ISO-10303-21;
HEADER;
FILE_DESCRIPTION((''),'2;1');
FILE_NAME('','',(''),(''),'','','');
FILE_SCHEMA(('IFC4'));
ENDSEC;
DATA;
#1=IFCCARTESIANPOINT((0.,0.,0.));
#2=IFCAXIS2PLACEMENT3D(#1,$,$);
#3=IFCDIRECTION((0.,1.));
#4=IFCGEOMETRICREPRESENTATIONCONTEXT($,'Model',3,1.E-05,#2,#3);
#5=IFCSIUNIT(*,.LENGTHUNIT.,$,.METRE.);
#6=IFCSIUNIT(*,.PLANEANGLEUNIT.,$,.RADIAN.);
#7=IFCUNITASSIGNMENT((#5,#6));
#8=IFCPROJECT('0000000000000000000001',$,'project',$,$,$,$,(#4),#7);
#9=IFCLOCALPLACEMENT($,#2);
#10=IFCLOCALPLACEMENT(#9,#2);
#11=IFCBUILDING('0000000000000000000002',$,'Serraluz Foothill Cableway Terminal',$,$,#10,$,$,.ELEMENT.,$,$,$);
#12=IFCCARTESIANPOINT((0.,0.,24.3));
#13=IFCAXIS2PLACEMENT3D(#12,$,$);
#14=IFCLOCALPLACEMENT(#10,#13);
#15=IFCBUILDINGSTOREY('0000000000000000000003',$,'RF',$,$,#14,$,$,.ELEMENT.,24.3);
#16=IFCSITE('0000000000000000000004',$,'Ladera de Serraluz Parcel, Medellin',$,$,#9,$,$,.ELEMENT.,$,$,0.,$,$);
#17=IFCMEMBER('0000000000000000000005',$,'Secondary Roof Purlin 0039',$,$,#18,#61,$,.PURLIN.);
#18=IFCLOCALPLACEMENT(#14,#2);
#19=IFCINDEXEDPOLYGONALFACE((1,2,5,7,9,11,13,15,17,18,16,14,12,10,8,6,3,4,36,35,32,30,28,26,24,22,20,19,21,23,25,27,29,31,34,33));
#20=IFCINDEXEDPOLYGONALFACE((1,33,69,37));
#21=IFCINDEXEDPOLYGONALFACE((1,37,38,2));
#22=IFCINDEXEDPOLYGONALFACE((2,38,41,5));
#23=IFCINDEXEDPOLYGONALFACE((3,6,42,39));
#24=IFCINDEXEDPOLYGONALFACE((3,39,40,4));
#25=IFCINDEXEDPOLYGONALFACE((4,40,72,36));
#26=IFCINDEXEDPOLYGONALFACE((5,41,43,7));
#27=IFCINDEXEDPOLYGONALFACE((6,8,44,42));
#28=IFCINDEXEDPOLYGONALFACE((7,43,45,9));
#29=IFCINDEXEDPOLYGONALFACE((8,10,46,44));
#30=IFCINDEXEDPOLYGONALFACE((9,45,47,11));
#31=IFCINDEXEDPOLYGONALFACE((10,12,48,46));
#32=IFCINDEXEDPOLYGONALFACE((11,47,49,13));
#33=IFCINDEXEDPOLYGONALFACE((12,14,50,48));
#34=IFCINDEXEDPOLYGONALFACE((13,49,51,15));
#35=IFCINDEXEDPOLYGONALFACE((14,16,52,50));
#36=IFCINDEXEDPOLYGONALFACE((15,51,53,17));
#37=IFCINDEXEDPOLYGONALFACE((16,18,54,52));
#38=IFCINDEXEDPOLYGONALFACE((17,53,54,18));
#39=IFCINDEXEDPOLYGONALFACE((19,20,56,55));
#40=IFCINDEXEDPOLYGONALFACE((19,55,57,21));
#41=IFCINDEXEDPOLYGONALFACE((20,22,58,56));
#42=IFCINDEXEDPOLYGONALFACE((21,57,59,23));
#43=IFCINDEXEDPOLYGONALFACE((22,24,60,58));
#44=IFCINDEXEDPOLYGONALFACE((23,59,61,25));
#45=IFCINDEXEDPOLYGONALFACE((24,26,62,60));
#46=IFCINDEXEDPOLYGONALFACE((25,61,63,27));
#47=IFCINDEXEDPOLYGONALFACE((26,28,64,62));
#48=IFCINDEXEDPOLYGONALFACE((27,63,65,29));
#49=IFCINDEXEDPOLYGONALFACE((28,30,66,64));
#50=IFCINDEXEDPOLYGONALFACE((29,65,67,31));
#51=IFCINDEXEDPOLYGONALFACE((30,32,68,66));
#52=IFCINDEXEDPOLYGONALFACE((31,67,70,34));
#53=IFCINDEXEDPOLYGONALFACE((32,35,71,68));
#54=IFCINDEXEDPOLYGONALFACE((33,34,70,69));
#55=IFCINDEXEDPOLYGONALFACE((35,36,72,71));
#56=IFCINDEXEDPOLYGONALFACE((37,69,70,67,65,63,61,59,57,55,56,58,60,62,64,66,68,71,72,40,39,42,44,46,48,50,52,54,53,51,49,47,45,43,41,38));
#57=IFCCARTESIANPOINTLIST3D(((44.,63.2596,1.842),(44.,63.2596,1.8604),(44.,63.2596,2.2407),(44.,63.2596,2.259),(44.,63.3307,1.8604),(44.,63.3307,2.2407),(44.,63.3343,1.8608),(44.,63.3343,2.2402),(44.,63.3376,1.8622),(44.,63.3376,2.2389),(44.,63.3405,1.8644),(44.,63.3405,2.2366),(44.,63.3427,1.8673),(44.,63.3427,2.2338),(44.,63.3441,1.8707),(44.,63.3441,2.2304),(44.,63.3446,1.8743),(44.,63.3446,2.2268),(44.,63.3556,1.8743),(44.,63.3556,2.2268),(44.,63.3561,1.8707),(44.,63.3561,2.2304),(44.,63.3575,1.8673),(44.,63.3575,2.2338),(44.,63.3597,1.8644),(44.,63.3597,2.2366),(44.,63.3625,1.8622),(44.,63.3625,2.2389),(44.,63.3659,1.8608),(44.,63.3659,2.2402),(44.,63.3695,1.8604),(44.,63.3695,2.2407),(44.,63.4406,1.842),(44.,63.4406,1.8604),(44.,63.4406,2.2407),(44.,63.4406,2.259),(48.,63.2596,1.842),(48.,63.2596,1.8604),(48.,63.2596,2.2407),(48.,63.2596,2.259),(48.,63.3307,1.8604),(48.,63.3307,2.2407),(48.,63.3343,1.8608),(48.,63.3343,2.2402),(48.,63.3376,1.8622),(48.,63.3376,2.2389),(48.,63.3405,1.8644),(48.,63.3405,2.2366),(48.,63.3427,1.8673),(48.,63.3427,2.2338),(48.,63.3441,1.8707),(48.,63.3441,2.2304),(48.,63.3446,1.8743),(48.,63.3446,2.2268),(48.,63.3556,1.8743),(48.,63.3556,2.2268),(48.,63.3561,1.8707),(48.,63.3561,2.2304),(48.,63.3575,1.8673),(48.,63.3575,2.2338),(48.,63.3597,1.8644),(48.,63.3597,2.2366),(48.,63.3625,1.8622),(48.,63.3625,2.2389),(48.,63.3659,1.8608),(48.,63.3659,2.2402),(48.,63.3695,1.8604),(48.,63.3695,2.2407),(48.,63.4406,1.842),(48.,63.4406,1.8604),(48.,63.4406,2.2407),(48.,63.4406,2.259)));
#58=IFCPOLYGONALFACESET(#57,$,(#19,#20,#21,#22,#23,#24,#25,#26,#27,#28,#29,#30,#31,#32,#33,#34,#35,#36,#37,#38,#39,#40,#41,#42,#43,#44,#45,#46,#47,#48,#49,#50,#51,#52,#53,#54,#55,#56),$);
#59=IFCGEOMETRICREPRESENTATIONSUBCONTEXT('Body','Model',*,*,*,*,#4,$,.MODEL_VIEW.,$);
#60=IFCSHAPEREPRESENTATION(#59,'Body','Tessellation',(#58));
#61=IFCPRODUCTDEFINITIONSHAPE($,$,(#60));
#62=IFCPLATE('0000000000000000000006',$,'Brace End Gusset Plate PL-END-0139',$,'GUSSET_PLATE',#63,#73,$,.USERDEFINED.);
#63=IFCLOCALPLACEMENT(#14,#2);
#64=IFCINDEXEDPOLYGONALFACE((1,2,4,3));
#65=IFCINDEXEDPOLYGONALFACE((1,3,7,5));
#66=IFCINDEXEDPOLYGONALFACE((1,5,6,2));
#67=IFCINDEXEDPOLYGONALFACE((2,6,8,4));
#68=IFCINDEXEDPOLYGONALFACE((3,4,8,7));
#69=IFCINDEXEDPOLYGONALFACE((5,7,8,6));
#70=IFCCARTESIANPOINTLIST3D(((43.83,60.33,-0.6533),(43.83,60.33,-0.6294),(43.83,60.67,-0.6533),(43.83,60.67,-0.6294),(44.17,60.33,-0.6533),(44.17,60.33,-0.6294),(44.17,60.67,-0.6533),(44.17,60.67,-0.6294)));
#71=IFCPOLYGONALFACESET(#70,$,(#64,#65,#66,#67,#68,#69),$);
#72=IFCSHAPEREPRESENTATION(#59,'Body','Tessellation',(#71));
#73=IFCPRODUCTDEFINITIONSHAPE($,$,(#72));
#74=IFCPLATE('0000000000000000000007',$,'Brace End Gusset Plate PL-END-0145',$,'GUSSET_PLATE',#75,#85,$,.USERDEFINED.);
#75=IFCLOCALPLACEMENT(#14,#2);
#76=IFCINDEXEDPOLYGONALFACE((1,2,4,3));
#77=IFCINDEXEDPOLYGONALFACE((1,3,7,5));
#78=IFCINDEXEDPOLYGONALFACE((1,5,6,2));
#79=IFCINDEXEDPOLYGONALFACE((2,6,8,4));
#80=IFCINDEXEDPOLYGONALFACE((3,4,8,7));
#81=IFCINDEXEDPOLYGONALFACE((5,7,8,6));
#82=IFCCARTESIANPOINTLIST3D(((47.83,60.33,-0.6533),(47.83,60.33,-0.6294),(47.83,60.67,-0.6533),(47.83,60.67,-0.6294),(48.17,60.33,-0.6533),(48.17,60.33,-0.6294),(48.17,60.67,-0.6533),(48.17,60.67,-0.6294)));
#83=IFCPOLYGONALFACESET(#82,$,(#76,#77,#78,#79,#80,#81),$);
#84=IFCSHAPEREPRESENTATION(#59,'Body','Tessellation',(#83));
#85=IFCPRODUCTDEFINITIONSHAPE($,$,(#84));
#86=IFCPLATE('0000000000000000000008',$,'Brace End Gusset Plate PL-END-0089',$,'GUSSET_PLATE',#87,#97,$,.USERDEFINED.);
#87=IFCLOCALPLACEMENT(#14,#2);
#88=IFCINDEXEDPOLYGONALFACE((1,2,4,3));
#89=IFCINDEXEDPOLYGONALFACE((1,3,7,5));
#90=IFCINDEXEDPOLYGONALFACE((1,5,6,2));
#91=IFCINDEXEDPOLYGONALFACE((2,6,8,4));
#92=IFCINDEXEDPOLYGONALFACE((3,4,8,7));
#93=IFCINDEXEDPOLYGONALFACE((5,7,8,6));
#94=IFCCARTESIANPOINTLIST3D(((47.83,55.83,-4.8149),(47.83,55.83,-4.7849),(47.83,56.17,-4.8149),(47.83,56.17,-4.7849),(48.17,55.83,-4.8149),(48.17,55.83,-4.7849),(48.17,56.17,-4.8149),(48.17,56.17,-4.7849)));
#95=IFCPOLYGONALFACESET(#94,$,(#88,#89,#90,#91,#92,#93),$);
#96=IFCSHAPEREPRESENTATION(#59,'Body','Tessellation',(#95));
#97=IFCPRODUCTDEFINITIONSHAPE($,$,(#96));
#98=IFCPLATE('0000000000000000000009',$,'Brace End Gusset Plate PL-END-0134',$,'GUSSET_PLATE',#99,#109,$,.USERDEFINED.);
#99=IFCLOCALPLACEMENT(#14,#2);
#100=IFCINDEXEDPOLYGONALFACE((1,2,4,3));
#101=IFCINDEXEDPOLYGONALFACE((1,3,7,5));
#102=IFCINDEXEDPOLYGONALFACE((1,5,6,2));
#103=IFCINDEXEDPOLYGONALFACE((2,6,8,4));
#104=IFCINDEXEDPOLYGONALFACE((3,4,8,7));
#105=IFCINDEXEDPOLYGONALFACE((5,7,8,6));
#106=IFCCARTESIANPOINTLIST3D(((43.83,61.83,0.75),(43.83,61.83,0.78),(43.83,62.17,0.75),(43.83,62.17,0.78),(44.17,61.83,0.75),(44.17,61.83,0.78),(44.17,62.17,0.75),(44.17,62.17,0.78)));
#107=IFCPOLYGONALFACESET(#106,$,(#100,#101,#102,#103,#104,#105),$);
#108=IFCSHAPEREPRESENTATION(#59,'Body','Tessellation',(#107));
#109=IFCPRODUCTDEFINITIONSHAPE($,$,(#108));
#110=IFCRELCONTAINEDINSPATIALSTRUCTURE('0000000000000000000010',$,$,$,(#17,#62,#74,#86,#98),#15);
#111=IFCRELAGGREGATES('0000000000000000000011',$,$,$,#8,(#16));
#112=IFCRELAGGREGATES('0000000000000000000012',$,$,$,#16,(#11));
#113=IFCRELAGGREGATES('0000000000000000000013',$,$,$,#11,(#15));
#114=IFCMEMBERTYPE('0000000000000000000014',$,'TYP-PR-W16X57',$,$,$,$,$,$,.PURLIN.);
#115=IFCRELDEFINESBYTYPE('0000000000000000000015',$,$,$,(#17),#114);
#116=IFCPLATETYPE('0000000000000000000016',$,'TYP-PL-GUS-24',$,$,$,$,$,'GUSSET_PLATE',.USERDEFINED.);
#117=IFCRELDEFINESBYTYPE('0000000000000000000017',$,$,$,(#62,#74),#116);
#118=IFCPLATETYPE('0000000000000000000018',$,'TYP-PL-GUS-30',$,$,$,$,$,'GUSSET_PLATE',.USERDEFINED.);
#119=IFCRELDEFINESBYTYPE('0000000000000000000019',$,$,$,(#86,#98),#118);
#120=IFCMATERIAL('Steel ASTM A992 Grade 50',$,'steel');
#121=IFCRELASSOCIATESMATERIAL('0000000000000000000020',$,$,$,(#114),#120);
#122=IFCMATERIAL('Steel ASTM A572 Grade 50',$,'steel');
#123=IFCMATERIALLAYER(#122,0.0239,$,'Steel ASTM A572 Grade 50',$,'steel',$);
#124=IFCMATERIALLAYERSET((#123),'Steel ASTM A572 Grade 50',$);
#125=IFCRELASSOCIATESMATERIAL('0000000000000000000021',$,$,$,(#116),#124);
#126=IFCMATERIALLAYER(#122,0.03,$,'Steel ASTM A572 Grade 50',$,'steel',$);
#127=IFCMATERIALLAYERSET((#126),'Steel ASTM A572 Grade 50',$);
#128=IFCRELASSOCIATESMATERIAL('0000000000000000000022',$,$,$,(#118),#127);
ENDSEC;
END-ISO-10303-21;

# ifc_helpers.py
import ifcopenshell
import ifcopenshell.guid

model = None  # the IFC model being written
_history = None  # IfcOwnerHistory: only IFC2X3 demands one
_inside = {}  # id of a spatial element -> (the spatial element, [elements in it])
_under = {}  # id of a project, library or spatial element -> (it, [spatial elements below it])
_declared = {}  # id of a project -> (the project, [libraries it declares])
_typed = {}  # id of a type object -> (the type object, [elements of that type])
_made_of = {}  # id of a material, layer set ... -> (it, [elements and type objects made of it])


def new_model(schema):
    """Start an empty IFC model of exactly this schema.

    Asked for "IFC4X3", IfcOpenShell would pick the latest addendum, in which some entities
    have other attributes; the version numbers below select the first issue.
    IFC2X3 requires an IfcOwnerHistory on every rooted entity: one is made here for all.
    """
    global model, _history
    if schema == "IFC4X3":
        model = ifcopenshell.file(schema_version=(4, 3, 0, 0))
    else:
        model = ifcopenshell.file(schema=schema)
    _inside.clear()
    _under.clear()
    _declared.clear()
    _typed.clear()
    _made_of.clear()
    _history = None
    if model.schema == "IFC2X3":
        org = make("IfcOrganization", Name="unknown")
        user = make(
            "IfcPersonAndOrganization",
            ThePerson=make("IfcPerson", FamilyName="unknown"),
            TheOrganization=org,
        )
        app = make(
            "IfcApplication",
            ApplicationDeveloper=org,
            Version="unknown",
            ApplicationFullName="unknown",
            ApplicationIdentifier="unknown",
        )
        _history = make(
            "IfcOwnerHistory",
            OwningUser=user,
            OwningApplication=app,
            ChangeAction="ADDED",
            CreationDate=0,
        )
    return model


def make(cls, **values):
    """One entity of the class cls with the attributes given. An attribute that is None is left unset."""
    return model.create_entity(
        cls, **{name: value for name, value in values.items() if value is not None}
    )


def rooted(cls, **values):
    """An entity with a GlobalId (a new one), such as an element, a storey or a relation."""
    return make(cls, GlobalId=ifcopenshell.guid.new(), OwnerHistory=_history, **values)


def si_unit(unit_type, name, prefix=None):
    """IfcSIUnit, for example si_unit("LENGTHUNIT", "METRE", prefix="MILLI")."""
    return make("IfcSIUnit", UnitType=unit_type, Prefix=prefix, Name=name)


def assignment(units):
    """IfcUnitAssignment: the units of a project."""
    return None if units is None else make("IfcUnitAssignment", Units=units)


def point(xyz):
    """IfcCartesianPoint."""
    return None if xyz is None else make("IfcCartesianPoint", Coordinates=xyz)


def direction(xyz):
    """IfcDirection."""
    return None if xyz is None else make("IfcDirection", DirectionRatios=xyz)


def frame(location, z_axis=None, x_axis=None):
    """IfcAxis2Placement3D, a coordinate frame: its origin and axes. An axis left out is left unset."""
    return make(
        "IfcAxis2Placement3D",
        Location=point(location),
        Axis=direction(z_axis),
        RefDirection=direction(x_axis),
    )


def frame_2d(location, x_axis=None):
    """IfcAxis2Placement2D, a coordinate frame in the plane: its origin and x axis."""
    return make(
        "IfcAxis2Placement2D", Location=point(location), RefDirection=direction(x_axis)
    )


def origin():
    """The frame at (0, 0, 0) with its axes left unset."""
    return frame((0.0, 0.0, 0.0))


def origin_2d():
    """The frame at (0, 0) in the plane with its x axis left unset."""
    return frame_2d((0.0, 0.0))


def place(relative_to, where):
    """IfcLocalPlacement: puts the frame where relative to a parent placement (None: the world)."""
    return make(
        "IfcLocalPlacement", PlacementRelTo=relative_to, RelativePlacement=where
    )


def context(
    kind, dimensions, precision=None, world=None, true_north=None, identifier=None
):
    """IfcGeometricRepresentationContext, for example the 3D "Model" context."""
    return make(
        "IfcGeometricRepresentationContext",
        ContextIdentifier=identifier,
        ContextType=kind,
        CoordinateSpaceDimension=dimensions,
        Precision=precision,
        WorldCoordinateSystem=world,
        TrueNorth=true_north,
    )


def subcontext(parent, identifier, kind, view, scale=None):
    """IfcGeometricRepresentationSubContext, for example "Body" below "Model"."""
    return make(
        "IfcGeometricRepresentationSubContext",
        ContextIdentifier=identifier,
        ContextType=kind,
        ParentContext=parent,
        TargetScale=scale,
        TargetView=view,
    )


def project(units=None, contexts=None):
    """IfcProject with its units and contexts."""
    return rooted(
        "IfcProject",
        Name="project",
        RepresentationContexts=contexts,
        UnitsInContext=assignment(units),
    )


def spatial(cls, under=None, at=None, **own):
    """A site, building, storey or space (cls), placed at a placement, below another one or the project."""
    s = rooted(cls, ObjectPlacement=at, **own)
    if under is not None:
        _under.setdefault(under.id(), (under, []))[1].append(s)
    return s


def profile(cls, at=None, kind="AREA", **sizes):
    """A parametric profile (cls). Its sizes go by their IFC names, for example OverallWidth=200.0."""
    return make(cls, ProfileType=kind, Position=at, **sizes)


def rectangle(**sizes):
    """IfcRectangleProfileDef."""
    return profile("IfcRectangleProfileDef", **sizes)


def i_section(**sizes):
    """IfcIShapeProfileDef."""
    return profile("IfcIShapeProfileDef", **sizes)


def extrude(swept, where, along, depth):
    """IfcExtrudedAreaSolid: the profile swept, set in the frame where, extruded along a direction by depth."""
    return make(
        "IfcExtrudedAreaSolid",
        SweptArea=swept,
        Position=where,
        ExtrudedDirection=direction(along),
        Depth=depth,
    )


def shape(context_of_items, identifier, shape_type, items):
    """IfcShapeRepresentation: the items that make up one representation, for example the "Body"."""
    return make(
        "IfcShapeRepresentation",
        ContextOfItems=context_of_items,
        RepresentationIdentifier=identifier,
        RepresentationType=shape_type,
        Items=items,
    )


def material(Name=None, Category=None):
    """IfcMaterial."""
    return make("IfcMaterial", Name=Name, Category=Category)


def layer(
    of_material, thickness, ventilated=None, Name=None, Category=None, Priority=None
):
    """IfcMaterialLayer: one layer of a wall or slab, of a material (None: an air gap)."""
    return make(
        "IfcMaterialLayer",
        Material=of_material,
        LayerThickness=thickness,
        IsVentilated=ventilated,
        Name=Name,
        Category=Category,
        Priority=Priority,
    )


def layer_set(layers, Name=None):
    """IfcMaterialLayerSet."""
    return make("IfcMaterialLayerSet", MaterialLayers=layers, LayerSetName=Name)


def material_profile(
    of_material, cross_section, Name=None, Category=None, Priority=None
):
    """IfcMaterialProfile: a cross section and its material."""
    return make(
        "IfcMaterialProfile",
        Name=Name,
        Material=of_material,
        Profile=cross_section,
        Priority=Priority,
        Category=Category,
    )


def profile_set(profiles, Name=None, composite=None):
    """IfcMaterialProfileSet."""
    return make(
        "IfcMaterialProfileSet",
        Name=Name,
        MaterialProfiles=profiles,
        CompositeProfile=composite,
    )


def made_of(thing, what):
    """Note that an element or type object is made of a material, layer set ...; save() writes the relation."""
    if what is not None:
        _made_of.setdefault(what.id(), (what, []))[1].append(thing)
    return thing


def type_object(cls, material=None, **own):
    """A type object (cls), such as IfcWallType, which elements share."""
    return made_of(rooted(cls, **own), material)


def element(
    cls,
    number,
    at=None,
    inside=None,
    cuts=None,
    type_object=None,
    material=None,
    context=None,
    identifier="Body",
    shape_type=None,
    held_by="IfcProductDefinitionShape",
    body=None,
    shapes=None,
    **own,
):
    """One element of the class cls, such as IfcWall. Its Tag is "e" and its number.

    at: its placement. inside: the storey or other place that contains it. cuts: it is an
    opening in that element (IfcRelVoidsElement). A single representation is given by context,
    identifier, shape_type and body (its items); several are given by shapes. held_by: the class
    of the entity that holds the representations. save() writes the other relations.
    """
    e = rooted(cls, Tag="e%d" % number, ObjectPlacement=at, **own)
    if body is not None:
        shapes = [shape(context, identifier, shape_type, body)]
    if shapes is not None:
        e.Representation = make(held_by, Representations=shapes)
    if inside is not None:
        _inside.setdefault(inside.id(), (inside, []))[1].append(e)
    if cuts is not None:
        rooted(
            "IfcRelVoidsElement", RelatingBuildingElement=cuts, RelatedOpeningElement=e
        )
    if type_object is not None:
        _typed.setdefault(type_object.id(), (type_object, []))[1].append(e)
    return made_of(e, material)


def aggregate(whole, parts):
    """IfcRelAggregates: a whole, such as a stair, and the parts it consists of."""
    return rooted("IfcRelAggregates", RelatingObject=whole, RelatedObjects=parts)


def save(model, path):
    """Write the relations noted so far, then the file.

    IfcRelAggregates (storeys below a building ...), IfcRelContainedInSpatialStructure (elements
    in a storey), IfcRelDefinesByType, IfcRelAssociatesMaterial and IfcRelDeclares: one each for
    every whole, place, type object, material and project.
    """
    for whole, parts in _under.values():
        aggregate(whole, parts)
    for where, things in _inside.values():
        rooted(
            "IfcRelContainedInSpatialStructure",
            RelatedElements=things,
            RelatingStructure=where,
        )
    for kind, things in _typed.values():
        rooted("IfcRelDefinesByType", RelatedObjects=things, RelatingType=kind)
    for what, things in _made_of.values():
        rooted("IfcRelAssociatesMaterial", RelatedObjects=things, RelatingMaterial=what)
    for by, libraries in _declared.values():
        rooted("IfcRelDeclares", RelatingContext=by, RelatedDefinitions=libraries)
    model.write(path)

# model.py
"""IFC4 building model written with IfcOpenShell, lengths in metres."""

from ifc_helpers import new_model, si_unit, direction, frame, origin, origin_2d, place, context, subcontext, project, spatial, rectangle, i_section, extrude, material, layer, layer_set, material_profile, profile_set, type_object, element, save


model = new_model("IFC4")

# Units and contexts
model_context = context("Model", 3, precision=1e-05, world=origin(), true_north=direction((0.0, 1.0)))
body_context = subcontext(model_context, "Body", "Model", "MODEL_VIEW")
ifc_project = project(units=[si_unit("LENGTHUNIT", "METRE"), si_unit("PLANEANGLEUNIT", "RADIAN")], contexts=[model_context])

# Site, building, storey
site_placement = place(None, origin())
site = spatial("IfcSite", under=ifc_project, at=site_placement, Name="Ladera de Serraluz Parcel, Medellin", CompositionType="ELEMENT", RefElevation=0.0)
building_placement = place(site_placement, origin())
building = spatial("IfcBuilding", under=site, at=building_placement, Name="Serraluz Foothill Cableway Terminal", CompositionType="ELEMENT")
storey_placement = place(building_placement, frame((0.0, 0.0, 24.3)))
storey = spatial("IfcBuildingStorey", under=building, at=storey_placement, Name="RF", CompositionType="ELEMENT", Elevation=24.3)

# Member
ifc_material_1 = material(Name="Steel ASTM A572 Grade 50", Category="steel")
ifc_material_2 = material(Name="Steel ASTM A992 Grade 50", Category="steel")
ifc_material_profile_1 = material_profile(ifc_material_2, i_section(OverallWidth=0.1809, OverallDepth=0.417, WebThickness=0.011, FlangeThickness=0.0183, FilletRadius=0.0139, at=origin_2d()), Name="W16X57")
ifc_profile_set_1 = profile_set([ifc_material_profile_1], Name="Steel ASTM A992 Grade 50")
member_type_1 = type_object("IfcMemberType", Name="TYP-PR-W16X57", PredefinedType="PURLIN", material=ifc_profile_set_1)
for number, where, z_axis, x_axis, name in (
    (1, (44.0, 63.3501, 2.0505), (1.0, 0.0, 0.0), (0.0, 1.0, 0.0), "Secondary Roof Purlin 0039"),
):
    element("IfcMember", number, at=place(storey_placement, frame(where, z_axis=z_axis, x_axis=x_axis)), inside=storey, type_object=member_type_1, Name=name, PredefinedType="PURLIN", context=body_context, shape_type="SweptSolid", body=[
        extrude(i_section(OverallWidth=0.1809, OverallDepth=0.417, WebThickness=0.011, FlangeThickness=0.0183, FilletRadius=0.0139, at=origin_2d()), origin(), (0.0, 0.0, 1.0), 4.0),
    ])

# Plates
ifc_layer_1 = layer(ifc_material_1, 0.0239, Name="Steel ASTM A572 Grade 50", Category="steel")
ifc_layer_set_1 = layer_set([ifc_layer_1], Name="Steel ASTM A572 Grade 50")
plate_type_1 = type_object("IfcPlateType", Name="TYP-PL-GUS-24", ElementType="GUSSET_PLATE", PredefinedType="USERDEFINED", material=ifc_layer_set_1)
for number, where, z_axis, x_axis, name in (
    (2, (44.0, 60.5, -0.6533), (0.0, 0.0, 1.0), (1.0, 0.0, 0.0), "Brace End Gusset Plate PL-END-0139"),
    (3, (48.0, 60.5, -0.6533), (0.0, 0.0, 1.0), (1.0, 0.0, 0.0), "Brace End Gusset Plate PL-END-0145"),
):
    element("IfcPlate", number, at=place(storey_placement, frame(where, z_axis=z_axis, x_axis=x_axis)), inside=storey, type_object=plate_type_1, Name=name, ObjectType="GUSSET_PLATE", PredefinedType="USERDEFINED", context=body_context, shape_type="SweptSolid", body=[
        extrude(rectangle(XDim=0.3401, YDim=0.3401, at=origin_2d()), origin(), (0.0, 0.0, 1.0), 0.0239),
    ])
ifc_layer_2 = layer(ifc_material_1, 0.03, Name="Steel ASTM A572 Grade 50", Category="steel")
ifc_layer_set_2 = layer_set([ifc_layer_2], Name="Steel ASTM A572 Grade 50")
plate_type_2 = type_object("IfcPlateType", Name="TYP-PL-GUS-30", ElementType="GUSSET_PLATE", PredefinedType="USERDEFINED", material=ifc_layer_set_2)
for number, where, z_axis, x_axis, name in (
    (4, (48.0, 56.0, -4.8149), (0.0, 0.0, 1.0), (1.0, 0.0, 0.0), "Brace End Gusset Plate PL-END-0089"),
    (5, (44.0, 62.0, 0.75), (0.0, 0.0, 1.0), (1.0, 0.0, 0.0), "Brace End Gusset Plate PL-END-0134"),
):
    element("IfcPlate", number, at=place(storey_placement, frame(where, z_axis=z_axis, x_axis=x_axis)), inside=storey, type_object=plate_type_2, Name=name, ObjectType="GUSSET_PLATE", PredefinedType="USERDEFINED", context=body_context, shape_type="SweptSolid", body=[
        extrude(rectangle(XDim=0.3401, YDim=0.3401, at=origin_2d()), origin(), (0.0, 0.0, 1.0), 0.03),
    ])

save(model, "model.ifc")
